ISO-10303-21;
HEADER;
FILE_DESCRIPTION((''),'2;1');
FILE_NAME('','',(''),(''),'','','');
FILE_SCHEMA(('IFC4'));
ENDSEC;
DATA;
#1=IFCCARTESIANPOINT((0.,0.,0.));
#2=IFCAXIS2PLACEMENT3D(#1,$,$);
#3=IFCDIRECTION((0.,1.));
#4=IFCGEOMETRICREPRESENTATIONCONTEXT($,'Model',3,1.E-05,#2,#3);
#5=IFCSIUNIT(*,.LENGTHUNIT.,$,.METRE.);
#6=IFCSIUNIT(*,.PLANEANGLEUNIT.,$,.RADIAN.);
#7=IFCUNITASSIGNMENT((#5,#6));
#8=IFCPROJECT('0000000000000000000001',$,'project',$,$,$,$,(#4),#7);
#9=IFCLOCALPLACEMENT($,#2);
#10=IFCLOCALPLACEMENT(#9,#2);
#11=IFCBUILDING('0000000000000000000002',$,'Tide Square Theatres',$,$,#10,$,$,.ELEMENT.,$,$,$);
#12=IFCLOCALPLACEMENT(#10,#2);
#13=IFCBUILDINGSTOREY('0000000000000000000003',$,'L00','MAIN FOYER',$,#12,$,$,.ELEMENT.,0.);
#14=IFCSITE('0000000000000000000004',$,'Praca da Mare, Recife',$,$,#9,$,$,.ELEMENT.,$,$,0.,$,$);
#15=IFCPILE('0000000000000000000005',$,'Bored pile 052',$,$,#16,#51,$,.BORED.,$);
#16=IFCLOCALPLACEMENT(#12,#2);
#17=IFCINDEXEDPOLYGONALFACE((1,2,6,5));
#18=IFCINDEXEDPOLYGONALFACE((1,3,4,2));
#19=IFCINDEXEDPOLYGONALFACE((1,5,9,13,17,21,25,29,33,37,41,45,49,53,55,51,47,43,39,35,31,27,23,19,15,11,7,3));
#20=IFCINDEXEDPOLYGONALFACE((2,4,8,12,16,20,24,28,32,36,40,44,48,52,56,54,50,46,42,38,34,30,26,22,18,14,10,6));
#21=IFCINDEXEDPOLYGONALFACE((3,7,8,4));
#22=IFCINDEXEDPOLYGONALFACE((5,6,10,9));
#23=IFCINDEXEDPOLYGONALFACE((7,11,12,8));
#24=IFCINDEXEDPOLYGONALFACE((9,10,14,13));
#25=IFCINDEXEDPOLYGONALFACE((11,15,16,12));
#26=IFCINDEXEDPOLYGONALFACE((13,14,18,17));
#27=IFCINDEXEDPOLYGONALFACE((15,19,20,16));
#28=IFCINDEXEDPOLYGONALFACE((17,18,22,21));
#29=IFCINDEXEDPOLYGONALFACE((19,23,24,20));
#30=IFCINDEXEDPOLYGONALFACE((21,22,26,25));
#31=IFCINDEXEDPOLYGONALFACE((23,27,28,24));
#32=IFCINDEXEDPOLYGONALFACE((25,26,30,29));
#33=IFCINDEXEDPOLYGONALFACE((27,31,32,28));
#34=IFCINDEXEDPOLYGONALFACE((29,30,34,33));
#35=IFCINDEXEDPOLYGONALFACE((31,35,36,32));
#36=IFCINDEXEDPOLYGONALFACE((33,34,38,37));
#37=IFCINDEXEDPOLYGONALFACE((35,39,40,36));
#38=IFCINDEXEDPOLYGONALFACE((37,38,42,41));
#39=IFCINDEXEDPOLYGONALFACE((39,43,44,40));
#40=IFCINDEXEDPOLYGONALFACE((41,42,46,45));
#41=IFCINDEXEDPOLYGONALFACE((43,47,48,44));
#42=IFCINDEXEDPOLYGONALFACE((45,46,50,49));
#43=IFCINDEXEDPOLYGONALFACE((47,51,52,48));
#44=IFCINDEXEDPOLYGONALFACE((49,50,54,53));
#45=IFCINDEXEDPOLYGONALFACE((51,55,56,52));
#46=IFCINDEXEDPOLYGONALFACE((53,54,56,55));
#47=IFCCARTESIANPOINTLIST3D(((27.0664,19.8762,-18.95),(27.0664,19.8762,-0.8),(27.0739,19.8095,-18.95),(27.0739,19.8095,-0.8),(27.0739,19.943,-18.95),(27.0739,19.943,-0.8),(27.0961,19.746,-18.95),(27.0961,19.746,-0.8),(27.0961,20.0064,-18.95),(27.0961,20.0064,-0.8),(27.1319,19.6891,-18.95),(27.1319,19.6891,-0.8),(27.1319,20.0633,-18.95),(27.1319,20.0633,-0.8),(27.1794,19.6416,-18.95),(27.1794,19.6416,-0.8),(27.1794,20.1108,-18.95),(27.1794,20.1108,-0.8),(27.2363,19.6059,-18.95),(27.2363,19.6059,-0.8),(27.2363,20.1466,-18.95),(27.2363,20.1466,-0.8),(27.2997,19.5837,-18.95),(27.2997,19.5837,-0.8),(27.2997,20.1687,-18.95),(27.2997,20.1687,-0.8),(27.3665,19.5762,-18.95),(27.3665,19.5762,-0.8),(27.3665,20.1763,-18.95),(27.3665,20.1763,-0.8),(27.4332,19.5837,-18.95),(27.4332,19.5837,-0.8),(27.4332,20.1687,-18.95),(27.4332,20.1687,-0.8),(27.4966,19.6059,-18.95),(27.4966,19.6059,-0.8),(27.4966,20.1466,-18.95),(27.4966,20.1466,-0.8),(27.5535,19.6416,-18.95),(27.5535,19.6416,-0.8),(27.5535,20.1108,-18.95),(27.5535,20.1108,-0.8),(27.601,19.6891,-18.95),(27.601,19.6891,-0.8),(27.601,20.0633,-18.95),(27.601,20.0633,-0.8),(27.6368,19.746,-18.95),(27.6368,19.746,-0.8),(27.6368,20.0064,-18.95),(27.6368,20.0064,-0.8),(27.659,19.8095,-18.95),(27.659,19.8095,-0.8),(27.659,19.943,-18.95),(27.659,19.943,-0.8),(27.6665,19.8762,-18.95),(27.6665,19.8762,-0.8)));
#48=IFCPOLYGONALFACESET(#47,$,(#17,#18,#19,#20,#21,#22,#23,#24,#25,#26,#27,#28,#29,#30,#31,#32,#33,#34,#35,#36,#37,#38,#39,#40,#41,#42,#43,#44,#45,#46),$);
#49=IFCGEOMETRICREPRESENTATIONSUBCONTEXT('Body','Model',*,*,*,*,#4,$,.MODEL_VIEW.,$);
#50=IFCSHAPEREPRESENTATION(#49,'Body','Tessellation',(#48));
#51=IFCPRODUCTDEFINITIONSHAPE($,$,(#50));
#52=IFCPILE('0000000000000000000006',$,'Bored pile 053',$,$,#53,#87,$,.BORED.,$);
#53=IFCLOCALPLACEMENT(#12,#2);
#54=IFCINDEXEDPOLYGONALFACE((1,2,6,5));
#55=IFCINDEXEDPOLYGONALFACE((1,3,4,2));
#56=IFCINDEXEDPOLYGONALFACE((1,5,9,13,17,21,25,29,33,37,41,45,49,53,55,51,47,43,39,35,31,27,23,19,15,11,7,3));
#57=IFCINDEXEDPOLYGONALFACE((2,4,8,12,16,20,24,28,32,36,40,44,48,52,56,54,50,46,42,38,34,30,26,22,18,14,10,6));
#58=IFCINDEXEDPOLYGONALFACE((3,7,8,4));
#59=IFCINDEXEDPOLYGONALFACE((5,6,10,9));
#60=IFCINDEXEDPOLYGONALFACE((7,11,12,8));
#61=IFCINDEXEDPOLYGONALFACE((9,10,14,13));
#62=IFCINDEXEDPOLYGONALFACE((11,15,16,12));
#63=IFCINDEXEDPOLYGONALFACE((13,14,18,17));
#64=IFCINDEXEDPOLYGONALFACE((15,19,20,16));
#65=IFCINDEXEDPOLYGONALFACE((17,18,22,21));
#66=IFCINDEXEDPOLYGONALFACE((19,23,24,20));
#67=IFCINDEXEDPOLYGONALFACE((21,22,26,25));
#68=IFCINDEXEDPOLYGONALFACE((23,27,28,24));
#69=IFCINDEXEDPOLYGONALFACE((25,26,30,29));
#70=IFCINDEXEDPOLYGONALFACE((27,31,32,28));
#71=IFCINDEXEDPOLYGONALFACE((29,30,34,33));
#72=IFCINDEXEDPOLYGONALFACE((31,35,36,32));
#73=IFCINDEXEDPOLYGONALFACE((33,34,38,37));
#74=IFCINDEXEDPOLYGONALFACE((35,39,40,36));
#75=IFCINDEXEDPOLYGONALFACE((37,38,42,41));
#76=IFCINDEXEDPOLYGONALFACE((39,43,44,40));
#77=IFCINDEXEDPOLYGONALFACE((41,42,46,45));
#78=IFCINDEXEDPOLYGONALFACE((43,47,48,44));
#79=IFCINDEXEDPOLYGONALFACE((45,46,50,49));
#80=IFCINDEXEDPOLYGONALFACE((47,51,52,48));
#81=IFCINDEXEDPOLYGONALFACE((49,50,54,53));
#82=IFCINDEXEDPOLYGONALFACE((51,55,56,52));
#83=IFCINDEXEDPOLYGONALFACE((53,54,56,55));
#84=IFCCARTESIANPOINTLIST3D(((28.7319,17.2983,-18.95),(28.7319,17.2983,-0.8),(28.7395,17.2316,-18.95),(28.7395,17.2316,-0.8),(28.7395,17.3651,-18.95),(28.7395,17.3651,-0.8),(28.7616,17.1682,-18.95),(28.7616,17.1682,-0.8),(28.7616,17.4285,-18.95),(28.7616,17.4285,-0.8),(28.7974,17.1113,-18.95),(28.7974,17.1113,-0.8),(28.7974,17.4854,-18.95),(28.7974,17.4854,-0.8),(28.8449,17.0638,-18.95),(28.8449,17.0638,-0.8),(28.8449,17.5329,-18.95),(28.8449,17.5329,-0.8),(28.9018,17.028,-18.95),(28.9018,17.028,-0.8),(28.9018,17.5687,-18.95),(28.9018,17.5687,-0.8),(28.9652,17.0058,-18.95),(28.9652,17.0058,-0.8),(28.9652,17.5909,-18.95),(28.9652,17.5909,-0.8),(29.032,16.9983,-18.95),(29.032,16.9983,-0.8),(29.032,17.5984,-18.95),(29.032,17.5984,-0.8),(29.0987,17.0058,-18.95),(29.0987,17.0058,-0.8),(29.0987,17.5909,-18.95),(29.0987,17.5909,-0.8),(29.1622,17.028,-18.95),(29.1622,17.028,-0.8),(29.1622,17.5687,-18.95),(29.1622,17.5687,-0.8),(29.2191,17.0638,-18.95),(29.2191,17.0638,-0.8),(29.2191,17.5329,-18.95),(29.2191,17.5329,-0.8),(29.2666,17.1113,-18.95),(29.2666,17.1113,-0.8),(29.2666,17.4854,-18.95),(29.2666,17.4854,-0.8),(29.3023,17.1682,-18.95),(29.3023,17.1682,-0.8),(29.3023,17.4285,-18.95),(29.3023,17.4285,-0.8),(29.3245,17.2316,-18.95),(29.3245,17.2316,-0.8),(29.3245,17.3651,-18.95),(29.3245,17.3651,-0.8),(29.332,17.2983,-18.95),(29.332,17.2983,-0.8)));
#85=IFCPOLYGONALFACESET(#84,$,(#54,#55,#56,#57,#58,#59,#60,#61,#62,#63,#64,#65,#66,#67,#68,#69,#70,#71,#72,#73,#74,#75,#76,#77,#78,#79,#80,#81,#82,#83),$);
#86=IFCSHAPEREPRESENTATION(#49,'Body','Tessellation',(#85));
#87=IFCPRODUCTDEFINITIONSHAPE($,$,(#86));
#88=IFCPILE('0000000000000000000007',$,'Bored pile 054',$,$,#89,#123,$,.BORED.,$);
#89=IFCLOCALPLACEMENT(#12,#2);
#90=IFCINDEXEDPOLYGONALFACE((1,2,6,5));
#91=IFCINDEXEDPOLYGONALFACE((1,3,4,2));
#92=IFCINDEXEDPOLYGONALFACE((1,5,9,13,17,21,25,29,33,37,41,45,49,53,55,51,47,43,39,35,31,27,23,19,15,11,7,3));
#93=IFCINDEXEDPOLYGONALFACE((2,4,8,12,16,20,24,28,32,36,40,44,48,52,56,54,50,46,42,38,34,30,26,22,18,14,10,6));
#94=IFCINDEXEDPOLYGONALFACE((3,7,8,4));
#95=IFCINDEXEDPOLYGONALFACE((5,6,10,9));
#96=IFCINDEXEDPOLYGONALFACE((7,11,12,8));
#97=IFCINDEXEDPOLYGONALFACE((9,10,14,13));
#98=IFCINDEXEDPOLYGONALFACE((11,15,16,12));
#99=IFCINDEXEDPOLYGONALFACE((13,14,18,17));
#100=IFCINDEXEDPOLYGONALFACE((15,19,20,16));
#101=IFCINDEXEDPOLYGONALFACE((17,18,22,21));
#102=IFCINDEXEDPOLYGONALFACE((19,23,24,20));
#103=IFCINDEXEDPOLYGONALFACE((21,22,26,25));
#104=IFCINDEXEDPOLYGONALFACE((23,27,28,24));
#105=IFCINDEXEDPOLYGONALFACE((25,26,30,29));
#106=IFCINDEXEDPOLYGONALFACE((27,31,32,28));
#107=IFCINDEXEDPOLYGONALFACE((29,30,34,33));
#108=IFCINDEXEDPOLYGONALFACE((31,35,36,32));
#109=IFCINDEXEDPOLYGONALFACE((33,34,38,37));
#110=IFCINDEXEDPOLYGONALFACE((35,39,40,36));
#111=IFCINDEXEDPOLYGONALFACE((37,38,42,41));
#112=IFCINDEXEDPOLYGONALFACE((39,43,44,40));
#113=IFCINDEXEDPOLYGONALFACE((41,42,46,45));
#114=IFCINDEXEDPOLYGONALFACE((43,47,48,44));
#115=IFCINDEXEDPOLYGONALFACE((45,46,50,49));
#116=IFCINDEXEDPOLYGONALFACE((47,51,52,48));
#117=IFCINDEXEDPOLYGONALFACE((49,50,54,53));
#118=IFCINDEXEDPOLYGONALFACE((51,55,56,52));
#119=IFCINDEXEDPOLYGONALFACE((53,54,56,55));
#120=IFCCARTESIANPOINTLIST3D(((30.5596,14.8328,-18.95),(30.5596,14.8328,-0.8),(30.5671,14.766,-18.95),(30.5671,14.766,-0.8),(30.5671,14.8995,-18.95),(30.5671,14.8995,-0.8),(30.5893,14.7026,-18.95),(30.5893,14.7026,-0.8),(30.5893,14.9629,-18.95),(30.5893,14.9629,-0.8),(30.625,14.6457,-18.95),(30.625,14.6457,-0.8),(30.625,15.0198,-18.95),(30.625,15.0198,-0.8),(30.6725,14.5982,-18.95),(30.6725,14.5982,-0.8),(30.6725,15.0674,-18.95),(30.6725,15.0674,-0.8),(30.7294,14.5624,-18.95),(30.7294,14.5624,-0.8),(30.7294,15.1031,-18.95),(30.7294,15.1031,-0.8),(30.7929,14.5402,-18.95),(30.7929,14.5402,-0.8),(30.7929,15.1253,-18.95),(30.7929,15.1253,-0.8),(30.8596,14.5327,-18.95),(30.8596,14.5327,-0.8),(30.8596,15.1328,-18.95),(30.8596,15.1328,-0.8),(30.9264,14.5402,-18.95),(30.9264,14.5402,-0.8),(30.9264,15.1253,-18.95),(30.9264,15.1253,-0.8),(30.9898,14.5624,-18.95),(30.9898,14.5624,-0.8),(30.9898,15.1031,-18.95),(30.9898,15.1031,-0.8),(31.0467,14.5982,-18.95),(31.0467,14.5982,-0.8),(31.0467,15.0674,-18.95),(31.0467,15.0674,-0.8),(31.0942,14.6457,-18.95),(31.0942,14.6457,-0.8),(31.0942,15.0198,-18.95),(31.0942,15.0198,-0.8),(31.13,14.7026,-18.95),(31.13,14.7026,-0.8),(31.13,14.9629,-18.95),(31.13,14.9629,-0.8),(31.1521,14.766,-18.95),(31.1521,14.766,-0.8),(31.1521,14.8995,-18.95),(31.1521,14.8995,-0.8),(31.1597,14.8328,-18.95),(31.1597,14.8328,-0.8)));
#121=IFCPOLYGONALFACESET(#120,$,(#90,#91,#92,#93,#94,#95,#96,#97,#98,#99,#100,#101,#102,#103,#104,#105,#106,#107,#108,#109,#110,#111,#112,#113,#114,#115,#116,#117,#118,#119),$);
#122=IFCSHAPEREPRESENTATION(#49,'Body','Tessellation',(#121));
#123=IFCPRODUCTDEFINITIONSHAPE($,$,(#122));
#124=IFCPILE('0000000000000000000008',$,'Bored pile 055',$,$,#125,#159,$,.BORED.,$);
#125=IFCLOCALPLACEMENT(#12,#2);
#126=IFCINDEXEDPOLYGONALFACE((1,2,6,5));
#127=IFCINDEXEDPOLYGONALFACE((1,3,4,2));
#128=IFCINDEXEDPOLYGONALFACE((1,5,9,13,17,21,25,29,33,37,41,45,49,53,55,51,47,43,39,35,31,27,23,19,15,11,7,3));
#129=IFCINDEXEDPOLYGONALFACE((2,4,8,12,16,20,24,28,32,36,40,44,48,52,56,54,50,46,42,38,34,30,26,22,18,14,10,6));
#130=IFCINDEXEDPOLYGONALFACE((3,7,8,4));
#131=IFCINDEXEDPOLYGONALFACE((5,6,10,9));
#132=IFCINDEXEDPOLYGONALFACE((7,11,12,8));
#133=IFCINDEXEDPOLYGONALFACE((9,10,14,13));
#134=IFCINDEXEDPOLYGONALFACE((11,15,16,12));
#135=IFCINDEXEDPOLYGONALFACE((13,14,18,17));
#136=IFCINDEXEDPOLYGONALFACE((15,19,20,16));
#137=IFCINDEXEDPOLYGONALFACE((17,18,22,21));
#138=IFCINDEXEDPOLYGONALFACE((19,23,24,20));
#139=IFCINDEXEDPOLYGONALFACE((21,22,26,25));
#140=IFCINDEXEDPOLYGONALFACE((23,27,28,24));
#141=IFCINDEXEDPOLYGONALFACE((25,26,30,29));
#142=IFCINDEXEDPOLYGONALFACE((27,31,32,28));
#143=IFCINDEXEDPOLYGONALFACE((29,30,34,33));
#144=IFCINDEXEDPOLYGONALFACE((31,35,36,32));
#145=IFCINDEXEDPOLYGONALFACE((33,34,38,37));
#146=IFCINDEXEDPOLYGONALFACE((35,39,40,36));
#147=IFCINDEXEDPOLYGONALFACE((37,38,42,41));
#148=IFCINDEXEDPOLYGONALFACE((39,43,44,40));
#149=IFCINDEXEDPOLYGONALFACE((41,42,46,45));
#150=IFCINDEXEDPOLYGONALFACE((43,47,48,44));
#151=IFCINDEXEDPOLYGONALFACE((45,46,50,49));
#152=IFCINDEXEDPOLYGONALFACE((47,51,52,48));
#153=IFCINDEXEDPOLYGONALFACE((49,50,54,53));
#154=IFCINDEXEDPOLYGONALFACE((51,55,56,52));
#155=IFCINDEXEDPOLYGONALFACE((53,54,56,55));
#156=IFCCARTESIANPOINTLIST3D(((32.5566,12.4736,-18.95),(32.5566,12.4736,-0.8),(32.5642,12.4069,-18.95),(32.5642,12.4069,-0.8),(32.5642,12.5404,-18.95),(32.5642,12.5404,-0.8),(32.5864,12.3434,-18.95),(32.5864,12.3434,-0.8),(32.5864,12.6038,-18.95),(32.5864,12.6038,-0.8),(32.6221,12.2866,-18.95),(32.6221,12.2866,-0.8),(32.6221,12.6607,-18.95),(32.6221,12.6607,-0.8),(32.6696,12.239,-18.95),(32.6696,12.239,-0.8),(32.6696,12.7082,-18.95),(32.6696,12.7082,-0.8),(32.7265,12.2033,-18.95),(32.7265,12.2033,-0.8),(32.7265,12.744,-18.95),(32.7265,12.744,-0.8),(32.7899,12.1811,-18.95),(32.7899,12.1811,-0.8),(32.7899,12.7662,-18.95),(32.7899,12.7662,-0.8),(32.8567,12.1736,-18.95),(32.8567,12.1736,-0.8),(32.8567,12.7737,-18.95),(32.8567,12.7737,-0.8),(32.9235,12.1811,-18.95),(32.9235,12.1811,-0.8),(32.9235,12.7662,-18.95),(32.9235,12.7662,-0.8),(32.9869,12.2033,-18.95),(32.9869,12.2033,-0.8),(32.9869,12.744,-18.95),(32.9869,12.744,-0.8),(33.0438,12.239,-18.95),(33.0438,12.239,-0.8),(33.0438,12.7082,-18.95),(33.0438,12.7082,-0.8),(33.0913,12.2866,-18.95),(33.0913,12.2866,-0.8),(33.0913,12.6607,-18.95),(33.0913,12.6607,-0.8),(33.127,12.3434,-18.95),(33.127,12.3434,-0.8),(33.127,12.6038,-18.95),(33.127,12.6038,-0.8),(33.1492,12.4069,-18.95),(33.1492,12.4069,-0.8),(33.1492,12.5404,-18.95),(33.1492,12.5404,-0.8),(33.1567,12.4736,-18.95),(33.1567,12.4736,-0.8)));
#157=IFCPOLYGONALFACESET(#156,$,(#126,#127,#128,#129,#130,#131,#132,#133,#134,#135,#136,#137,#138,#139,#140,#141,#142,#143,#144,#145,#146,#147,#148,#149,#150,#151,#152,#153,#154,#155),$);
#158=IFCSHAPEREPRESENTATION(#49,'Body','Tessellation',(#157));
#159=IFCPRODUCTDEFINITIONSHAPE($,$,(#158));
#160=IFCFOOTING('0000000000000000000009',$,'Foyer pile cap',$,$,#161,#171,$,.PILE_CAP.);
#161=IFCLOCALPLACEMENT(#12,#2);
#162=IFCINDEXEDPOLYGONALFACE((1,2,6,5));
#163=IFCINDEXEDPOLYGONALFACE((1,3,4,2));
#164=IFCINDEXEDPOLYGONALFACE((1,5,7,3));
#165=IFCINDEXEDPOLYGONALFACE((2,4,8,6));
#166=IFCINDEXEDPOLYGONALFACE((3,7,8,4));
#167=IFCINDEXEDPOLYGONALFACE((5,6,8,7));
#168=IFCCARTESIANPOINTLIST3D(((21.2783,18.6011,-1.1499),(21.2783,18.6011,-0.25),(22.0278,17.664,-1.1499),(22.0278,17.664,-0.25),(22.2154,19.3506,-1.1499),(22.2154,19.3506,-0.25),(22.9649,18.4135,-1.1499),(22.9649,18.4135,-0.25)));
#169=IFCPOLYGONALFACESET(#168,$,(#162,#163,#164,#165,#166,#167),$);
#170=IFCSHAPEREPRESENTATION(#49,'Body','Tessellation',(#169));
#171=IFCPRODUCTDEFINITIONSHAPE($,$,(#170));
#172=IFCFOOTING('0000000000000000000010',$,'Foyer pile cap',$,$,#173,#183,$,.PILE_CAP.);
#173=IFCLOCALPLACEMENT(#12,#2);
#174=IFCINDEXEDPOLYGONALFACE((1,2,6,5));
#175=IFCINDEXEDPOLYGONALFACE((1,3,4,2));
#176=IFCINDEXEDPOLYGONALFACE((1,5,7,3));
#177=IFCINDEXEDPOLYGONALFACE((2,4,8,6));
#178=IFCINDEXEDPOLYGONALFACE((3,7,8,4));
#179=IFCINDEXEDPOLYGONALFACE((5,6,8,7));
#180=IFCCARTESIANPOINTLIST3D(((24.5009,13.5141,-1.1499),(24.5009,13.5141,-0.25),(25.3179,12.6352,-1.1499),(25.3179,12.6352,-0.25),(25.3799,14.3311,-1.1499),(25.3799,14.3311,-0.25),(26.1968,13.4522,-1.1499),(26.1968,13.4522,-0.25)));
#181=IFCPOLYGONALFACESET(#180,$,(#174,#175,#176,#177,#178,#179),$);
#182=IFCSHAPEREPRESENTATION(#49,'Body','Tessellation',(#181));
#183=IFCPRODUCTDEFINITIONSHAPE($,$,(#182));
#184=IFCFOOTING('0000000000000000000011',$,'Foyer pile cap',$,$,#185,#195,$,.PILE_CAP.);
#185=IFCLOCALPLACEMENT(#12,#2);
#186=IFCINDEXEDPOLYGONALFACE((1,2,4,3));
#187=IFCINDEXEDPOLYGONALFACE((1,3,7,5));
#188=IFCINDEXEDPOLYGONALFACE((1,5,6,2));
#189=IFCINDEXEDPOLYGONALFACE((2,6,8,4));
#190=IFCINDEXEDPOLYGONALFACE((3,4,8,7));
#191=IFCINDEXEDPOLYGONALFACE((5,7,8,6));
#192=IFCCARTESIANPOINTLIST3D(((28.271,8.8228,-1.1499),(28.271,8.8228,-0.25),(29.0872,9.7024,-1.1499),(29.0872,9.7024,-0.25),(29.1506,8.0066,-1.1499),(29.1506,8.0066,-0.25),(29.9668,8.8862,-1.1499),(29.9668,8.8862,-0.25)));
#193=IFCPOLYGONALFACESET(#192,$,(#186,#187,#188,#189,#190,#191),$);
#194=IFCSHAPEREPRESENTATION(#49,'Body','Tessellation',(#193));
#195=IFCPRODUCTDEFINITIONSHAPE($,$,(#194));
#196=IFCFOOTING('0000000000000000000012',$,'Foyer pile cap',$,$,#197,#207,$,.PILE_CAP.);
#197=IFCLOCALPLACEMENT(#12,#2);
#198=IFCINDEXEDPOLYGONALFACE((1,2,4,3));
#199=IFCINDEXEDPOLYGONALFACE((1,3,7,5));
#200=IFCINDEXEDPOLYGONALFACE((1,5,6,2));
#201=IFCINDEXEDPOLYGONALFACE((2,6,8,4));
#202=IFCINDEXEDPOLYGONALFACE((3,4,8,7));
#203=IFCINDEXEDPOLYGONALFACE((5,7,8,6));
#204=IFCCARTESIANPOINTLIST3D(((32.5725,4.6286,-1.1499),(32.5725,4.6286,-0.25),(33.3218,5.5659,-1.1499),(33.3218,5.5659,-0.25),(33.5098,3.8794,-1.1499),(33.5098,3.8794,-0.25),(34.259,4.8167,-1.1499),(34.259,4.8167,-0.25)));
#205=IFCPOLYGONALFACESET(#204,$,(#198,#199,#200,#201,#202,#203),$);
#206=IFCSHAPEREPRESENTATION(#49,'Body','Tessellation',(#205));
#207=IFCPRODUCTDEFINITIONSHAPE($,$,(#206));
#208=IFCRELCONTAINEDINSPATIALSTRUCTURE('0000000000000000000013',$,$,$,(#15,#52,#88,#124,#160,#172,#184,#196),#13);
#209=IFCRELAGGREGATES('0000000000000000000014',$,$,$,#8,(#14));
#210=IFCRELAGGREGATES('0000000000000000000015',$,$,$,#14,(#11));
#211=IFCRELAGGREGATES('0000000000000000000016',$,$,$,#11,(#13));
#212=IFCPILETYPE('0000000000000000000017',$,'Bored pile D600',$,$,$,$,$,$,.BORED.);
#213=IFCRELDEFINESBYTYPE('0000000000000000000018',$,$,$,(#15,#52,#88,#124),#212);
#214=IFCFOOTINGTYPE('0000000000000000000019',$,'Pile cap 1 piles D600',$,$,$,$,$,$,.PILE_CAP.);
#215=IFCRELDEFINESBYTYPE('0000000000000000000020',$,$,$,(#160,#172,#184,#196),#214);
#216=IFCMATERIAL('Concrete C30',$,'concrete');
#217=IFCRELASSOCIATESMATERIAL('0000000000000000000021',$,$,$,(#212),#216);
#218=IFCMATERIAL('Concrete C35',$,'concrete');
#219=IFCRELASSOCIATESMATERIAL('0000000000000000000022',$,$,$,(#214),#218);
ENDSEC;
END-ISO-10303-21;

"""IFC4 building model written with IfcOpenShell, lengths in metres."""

from ifc_helpers import new_model, si_unit, direction, frame, origin, origin_2d, place, context, subcontext, project, spatial, rectangle, circle, extrude, material, material_profile, profile_set, type_object, element, save


model = new_model("IFC4")

# Units and contexts
model_context = context("Model", 3, precision=1e-05, world=origin(), true_north=direction((0.0, 1.0)))
body_context = subcontext(model_context, "Body", "Model", "MODEL_VIEW")
ifc_project = project(units=[si_unit("LENGTHUNIT", "METRE"), si_unit("PLANEANGLEUNIT", "RADIAN")], contexts=[model_context])

# Site, building, storey
site_placement = place(None, origin())
site = spatial("IfcSite", under=ifc_project, at=site_placement, Name="Praca da Mare, Recife", CompositionType="ELEMENT", RefElevation=0.0)
building_placement = place(site_placement, origin())
building = spatial("IfcBuilding", under=site, at=building_placement, Name="Tide Square Theatres", CompositionType="ELEMENT")
storey_placement = place(building_placement, origin())
storey = spatial("IfcBuildingStorey", under=building, at=storey_placement, Name="L00", Description="MAIN FOYER", CompositionType="ELEMENT", Elevation=0.0)

# Piles
ifc_material_1 = material(Name="Concrete C30", Category="concrete")
ifc_material_profile_1 = material_profile(ifc_material_1, circle(Radius=0.3, at=origin_2d()))
ifc_profile_set_1 = profile_set([ifc_material_profile_1], Name="Concrete C30")
pile_type_1 = type_object("IfcPileType", Name="Bored pile D600", PredefinedType="BORED", material=ifc_profile_set_1)
for number, where, z_axis, x_axis, name in (
    (1, (27.3665, 19.8762, -0.8), (0.0, 0.0, -1.0), (1.0, 0.0, 0.0), "Bored pile 052"),
    (2, (29.032, 17.2983, -0.8), (0.0, 0.0, -1.0), (1.0, 0.0, 0.0), "Bored pile 053"),
    (3, (30.8596, 14.8328, -0.8), (0.0, 0.0, -1.0), (1.0, 0.0, 0.0), "Bored pile 054"),
    (4, (32.8567, 12.4736, -0.8), (0.0, 0.0, -1.0), (1.0, 0.0, 0.0), "Bored pile 055"),
):
    element("IfcPile", number, at=place(storey_placement, frame(where, z_axis=z_axis, x_axis=x_axis)), inside=storey, type_object=pile_type_1, Name=name, PredefinedType="BORED", context=body_context, shape_type="SweptSolid", body=[
        extrude(circle(Radius=0.3, at=origin_2d()), origin(), (0.0, 0.0, 1.0), 18.1499),
    ])

# Footings
ifc_material_2 = material(Name="Concrete C35", Category="concrete")
footing_type = type_object("IfcFootingType", Name="Pile cap 1 piles D600", PredefinedType="PILE_CAP", material=ifc_material_2)
for number, where, z_axis, x_axis, name in (
    (5, (22.1216, 18.5073, -1.1499), (0.0, 0.0, 1.0), (0.624617, -0.780931, 0.0), "Foyer pile cap"),
    (6, (25.3489, 13.4832, -1.1499), (0.0, 0.0, 1.0), (0.680819, -0.732451, 0.0), "Foyer pile cap"),
    (7, (29.1189, 8.8545, -1.1499), (0.0, 0.0, 1.0), (0.733039, -0.680186, 0.0), "Foyer pile cap"),
    (8, (33.4158, 4.7227, -1.1499), (0.0, 0.0, 1.0), (0.781096, -0.624411, 0.0), "Foyer pile cap"),
):
    element("IfcFooting", number, at=place(storey_placement, frame(where, z_axis=z_axis, x_axis=x_axis)), inside=storey, type_object=footing_type, Name=name, PredefinedType="PILE_CAP", context=body_context, shape_type="SweptSolid", body=[
        extrude(rectangle(XDim=1.2, YDim=1.2, at=origin_2d()), origin(), (0.0, 0.0, 1.0), 0.8999),
    ])

save(model, "model.ifc")
